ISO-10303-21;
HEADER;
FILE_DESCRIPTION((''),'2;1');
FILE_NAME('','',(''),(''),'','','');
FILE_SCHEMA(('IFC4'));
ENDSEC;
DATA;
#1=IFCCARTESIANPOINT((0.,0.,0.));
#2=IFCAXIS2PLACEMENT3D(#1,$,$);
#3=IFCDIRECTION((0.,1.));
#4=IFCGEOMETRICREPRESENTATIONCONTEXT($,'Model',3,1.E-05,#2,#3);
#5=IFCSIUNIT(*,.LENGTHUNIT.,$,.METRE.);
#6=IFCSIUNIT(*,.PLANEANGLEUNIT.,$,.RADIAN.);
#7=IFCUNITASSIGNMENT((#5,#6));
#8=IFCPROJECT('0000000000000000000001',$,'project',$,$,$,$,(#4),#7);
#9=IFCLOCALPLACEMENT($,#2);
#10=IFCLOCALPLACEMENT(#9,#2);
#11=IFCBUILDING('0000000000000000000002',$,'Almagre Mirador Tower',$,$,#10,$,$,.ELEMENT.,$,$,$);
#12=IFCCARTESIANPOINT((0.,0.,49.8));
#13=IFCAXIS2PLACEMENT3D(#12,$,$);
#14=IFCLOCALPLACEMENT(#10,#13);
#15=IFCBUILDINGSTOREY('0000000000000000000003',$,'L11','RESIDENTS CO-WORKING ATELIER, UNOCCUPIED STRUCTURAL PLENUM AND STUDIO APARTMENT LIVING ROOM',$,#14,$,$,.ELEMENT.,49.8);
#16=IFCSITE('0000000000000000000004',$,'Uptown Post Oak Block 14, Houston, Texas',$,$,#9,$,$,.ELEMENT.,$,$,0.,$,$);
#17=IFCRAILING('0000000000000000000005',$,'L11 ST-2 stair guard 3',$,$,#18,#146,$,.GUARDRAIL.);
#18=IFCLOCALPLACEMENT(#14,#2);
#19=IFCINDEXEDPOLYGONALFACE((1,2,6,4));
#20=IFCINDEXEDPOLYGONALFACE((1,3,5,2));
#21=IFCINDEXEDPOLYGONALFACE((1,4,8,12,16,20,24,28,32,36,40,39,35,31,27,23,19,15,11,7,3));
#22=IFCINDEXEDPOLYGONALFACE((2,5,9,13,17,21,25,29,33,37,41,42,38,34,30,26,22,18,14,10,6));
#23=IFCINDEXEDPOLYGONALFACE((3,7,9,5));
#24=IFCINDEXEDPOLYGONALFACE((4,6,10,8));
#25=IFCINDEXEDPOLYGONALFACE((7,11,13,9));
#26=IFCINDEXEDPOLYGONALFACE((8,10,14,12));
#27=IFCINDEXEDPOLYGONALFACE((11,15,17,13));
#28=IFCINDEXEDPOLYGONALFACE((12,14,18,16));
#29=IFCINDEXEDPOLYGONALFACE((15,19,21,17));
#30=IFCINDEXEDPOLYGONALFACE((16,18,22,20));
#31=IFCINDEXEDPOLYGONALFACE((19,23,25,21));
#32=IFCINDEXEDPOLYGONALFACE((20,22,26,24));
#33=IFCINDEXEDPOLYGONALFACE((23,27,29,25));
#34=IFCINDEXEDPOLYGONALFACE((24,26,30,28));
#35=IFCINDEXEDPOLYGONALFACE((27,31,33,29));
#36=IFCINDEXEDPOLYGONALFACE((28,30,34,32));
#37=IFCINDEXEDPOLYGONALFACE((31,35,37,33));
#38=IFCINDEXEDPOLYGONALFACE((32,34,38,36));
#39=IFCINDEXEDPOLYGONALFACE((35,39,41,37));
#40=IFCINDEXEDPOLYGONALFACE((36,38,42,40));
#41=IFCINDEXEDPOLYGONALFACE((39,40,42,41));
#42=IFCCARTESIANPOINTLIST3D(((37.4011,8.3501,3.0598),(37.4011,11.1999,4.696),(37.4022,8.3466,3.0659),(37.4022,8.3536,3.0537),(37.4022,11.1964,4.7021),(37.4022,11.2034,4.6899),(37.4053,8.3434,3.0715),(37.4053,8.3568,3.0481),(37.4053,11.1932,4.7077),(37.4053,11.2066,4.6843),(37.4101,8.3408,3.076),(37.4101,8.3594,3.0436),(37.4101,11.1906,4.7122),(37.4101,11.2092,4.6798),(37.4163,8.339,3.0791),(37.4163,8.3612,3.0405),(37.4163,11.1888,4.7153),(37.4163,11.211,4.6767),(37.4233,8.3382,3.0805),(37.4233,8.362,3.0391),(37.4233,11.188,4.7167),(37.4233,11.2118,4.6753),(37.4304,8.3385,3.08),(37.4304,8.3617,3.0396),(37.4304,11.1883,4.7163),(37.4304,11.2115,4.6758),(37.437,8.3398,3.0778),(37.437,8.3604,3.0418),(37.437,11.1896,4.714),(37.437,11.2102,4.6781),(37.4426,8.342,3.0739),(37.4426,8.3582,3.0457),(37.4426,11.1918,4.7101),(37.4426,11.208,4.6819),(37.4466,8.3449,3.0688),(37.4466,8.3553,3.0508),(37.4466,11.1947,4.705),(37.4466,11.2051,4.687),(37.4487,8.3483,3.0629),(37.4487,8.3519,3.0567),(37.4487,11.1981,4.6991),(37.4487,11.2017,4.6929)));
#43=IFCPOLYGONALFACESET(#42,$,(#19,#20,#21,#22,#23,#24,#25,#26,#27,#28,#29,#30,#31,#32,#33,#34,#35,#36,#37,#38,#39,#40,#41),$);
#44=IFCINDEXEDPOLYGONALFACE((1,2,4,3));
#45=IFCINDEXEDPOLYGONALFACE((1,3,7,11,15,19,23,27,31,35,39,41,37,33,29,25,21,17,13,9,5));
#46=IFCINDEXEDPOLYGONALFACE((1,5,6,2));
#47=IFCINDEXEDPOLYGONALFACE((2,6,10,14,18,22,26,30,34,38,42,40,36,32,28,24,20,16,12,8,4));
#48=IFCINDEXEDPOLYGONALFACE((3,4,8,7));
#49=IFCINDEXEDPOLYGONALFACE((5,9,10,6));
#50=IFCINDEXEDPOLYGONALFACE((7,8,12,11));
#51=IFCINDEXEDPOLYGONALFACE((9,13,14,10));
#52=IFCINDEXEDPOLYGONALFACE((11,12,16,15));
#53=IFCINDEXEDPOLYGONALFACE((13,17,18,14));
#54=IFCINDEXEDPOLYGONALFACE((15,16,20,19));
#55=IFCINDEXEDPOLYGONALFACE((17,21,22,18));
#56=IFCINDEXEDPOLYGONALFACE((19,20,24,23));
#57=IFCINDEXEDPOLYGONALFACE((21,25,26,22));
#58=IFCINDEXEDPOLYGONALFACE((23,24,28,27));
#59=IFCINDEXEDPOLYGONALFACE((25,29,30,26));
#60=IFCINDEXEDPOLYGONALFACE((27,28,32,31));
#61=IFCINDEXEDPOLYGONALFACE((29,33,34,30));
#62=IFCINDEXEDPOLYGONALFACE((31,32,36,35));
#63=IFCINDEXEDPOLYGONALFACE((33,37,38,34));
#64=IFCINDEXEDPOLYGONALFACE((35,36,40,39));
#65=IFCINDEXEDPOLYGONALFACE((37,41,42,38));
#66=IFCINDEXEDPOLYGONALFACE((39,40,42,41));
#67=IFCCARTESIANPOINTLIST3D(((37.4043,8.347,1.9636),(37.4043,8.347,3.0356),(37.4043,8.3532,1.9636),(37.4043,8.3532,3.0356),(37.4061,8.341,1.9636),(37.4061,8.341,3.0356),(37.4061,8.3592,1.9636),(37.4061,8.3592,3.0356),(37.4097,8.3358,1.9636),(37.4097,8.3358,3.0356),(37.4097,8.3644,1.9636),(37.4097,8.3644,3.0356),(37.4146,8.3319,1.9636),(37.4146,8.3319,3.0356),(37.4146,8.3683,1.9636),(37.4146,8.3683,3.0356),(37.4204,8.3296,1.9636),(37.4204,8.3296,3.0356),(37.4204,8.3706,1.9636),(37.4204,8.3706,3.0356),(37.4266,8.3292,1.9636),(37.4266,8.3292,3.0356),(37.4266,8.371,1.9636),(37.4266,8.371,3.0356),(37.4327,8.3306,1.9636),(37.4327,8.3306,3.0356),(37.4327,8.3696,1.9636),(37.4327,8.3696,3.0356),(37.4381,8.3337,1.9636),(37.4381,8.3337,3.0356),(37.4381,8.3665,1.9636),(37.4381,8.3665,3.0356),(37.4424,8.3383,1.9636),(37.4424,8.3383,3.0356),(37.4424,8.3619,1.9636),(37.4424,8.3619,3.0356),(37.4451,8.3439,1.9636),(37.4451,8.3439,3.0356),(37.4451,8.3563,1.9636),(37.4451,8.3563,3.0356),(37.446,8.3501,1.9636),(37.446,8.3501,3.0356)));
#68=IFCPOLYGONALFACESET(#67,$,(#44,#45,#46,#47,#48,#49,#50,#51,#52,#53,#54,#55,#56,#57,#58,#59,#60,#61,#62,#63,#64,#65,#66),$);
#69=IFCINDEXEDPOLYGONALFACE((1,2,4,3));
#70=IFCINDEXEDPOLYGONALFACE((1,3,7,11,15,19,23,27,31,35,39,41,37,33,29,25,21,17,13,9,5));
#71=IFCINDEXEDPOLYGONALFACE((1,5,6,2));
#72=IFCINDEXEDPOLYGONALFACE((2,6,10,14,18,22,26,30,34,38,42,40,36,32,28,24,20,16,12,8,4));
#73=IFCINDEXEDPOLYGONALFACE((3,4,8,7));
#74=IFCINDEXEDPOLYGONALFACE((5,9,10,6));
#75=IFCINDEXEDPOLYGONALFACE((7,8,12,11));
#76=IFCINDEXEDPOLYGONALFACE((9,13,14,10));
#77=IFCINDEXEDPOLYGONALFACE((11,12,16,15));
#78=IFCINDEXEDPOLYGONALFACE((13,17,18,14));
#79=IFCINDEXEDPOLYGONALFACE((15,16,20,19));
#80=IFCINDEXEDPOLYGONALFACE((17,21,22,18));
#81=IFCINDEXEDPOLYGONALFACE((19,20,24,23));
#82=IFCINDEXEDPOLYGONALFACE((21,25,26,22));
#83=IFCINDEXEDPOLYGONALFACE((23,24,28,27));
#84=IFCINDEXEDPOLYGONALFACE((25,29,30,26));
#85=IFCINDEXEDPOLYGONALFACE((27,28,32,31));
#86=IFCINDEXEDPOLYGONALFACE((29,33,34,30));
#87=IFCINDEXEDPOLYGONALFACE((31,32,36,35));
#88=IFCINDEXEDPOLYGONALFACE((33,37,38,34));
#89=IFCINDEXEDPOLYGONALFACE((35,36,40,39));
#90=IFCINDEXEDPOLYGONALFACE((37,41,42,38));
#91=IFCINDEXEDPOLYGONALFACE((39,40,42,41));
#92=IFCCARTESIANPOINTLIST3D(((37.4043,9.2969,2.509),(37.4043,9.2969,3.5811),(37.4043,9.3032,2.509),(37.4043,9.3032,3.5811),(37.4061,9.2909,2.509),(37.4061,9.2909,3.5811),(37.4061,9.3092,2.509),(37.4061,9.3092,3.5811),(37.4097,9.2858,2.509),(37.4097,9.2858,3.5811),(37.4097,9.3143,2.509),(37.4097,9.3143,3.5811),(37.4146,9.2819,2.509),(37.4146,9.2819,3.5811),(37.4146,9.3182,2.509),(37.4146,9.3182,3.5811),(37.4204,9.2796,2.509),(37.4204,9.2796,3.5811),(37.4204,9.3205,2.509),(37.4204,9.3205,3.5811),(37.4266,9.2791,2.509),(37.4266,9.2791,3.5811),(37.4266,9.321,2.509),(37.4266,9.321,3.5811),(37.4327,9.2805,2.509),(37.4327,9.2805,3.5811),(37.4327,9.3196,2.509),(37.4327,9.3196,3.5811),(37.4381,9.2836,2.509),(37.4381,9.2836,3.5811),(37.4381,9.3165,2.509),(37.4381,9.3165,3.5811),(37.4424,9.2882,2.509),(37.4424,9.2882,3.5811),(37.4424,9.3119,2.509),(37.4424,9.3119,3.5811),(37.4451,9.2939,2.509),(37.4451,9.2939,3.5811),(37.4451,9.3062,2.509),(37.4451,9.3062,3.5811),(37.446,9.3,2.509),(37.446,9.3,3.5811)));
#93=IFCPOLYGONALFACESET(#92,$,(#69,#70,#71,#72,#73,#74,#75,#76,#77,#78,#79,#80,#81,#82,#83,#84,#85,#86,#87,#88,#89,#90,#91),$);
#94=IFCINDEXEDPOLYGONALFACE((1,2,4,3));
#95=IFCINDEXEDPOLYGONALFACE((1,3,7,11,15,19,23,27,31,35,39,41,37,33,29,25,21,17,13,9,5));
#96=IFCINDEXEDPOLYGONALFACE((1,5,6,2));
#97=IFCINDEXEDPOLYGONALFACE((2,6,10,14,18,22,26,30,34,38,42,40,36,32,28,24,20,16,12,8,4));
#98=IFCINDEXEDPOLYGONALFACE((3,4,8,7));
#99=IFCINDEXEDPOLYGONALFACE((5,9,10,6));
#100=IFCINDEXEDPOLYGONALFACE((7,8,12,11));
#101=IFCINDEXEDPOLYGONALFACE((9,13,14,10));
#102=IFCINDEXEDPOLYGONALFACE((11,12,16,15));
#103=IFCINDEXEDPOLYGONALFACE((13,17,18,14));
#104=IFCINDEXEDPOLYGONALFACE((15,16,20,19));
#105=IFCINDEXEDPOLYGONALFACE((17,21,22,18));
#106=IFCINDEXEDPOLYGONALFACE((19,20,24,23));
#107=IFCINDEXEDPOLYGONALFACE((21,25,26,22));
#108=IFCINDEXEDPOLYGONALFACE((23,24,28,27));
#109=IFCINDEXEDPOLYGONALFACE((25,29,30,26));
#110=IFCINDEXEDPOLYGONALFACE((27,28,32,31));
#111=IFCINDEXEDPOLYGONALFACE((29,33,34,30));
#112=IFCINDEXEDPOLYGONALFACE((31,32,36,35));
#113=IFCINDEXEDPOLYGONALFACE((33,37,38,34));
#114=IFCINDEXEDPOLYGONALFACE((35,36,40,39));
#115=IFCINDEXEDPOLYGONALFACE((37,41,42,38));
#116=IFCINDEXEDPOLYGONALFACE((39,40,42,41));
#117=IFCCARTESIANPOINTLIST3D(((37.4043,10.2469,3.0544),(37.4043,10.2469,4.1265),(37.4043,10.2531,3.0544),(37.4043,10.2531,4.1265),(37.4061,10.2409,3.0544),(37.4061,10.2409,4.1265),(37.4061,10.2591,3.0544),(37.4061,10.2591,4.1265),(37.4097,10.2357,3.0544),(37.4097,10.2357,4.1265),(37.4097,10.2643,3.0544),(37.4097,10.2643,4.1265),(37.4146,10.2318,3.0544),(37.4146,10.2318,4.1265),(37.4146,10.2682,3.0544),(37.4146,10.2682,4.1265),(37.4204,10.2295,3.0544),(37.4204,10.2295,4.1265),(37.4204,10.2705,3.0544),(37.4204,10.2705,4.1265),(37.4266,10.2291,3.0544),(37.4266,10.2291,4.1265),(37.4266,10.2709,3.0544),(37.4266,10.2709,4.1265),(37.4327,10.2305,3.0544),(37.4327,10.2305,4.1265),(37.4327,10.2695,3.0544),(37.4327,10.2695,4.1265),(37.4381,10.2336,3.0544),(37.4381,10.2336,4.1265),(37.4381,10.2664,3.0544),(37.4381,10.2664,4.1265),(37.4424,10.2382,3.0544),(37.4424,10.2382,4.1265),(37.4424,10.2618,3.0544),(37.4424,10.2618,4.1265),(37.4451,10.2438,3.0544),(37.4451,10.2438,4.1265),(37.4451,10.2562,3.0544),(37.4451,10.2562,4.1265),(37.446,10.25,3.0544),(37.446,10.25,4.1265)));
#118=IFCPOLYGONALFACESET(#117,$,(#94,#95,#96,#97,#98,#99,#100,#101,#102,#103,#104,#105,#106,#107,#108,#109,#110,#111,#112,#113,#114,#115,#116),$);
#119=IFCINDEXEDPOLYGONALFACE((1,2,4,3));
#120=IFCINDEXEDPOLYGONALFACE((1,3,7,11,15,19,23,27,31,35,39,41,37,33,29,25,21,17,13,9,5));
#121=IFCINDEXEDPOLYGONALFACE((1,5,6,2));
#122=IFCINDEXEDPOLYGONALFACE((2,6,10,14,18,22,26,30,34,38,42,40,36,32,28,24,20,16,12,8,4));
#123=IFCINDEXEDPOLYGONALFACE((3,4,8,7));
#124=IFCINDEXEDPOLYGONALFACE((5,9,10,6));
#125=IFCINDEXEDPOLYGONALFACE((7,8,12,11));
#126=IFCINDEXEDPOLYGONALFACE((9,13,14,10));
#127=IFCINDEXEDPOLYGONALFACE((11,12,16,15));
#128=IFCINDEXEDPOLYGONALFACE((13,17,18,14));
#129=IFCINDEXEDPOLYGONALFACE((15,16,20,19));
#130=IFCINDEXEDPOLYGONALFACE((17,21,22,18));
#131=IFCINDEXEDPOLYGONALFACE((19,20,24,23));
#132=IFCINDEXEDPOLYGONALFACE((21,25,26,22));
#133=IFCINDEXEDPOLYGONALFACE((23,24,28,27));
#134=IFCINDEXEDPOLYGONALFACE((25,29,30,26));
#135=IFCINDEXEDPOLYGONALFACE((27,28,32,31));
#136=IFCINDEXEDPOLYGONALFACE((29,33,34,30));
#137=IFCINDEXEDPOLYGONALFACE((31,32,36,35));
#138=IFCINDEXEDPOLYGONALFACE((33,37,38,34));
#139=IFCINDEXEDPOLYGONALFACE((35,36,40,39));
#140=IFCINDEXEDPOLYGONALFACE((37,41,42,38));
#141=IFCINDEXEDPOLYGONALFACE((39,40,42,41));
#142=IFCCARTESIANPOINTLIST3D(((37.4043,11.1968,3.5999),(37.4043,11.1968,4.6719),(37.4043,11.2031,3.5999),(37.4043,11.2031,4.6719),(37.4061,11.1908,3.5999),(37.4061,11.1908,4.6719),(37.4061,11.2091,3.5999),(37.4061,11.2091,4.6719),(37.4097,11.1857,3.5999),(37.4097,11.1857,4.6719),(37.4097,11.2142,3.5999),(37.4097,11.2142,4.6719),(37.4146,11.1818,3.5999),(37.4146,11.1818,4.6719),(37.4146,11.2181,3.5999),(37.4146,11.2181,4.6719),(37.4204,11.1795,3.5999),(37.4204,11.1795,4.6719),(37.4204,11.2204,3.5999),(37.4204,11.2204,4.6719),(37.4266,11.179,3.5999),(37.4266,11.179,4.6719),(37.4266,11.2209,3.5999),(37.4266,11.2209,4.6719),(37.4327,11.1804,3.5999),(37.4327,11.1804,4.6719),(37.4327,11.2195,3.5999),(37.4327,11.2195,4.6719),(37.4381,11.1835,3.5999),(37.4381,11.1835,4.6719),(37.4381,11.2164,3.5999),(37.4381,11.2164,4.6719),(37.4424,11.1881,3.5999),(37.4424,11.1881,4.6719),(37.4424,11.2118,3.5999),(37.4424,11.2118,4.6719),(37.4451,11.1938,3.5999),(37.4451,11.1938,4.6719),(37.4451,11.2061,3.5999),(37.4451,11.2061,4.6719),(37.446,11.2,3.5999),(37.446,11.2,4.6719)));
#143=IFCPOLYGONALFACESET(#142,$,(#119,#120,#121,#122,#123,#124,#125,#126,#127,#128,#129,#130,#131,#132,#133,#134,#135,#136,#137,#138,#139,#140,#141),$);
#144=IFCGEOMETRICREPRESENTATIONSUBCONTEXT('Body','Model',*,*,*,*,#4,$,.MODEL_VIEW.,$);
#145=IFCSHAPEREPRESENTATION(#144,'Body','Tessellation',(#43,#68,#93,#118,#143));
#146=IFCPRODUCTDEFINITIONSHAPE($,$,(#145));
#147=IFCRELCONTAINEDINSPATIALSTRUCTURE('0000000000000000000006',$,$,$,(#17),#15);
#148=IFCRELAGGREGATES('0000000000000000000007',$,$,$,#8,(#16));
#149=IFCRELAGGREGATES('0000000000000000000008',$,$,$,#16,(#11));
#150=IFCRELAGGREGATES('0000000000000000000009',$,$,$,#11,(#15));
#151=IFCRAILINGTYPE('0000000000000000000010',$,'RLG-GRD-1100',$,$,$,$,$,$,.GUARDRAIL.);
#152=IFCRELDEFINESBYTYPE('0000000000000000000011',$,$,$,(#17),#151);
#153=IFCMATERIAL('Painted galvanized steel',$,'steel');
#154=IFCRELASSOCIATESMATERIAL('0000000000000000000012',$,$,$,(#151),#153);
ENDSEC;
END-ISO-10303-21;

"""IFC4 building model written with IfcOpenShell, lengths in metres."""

from ifc_helpers import new_model, si_unit, direction, frame, origin, origin_2d, place, context, subcontext, project, spatial, circle, extrude, material, type_object, element, save


model = new_model("IFC4")

# Units and contexts
model_context = context("Model", 3, precision=1e-05, world=origin(), true_north=direction((0.0, 1.0)))
body_context = subcontext(model_context, "Body", "Model", "MODEL_VIEW")
ifc_project = project(units=[si_unit("LENGTHUNIT", "METRE"), si_unit("PLANEANGLEUNIT", "RADIAN")], contexts=[model_context])

# Site, building, storey
site_placement = place(None, origin())
site = spatial("IfcSite", under=ifc_project, at=site_placement, Name="Uptown Post Oak Block 14, Houston, Texas", CompositionType="ELEMENT", RefElevation=0.0)
building_placement = place(site_placement, origin())
building = spatial("IfcBuilding", under=site, at=building_placement, Name="Almagre Mirador Tower", CompositionType="ELEMENT")
storey_placement = place(building_placement, frame((0.0, 0.0, 49.8)))
storey = spatial("IfcBuildingStorey", under=building, at=storey_placement, Name="L11", Description="RESIDENTS CO-WORKING ATELIER, UNOCCUPIED STRUCTURAL PLENUM AND STUDIO APARTMENT LIVING ROOM", CompositionType="ELEMENT", Elevation=49.8)

# Railing
ifc_material_1 = material(Name="Painted galvanized steel", Category="steel")
railing_type_1 = type_object("IfcRailingType", Name="RLG-GRD-1100", PredefinedType="GUARDRAIL", material=ifc_material_1)
railing_1_placement = place(storey_placement, frame((37.425, 8.3501, 1.9636)))
element("IfcRailing", 1, at=railing_1_placement, inside=storey, type_object=railing_type_1, Name="L11 ST-2 stair guard 3", PredefinedType="GUARDRAIL", context=body_context, shape_type="SweptSolid", body=[
    extrude(circle(Radius=0.0239, at=origin_2d()), frame((0.0, 0.0, 1.0962), z_axis=(0.0, 0.867226, 0.497914), x_axis=(-1.0, 0.0, 0.0)), (0.0, 0.0, 1.0), 3.2861),
    extrude(circle(Radius=0.021, at=origin_2d()), origin(), (0.0, 0.0, 1.0), 1.072),
    extrude(circle(Radius=0.021, at=origin_2d()), frame((0.0, 0.95, 0.5454)), (0.0, 0.0, 1.0), 1.072),
    extrude(circle(Radius=0.021, at=origin_2d()), frame((0.0, 1.8999, 1.0908)), (0.0, 0.0, 1.0), 1.072),
    extrude(circle(Radius=0.021, at=origin_2d()), frame((0.0, 2.8499, 1.6362)), (0.0, 0.0, 1.0), 1.072),
])

save(model, "model.ifc")
